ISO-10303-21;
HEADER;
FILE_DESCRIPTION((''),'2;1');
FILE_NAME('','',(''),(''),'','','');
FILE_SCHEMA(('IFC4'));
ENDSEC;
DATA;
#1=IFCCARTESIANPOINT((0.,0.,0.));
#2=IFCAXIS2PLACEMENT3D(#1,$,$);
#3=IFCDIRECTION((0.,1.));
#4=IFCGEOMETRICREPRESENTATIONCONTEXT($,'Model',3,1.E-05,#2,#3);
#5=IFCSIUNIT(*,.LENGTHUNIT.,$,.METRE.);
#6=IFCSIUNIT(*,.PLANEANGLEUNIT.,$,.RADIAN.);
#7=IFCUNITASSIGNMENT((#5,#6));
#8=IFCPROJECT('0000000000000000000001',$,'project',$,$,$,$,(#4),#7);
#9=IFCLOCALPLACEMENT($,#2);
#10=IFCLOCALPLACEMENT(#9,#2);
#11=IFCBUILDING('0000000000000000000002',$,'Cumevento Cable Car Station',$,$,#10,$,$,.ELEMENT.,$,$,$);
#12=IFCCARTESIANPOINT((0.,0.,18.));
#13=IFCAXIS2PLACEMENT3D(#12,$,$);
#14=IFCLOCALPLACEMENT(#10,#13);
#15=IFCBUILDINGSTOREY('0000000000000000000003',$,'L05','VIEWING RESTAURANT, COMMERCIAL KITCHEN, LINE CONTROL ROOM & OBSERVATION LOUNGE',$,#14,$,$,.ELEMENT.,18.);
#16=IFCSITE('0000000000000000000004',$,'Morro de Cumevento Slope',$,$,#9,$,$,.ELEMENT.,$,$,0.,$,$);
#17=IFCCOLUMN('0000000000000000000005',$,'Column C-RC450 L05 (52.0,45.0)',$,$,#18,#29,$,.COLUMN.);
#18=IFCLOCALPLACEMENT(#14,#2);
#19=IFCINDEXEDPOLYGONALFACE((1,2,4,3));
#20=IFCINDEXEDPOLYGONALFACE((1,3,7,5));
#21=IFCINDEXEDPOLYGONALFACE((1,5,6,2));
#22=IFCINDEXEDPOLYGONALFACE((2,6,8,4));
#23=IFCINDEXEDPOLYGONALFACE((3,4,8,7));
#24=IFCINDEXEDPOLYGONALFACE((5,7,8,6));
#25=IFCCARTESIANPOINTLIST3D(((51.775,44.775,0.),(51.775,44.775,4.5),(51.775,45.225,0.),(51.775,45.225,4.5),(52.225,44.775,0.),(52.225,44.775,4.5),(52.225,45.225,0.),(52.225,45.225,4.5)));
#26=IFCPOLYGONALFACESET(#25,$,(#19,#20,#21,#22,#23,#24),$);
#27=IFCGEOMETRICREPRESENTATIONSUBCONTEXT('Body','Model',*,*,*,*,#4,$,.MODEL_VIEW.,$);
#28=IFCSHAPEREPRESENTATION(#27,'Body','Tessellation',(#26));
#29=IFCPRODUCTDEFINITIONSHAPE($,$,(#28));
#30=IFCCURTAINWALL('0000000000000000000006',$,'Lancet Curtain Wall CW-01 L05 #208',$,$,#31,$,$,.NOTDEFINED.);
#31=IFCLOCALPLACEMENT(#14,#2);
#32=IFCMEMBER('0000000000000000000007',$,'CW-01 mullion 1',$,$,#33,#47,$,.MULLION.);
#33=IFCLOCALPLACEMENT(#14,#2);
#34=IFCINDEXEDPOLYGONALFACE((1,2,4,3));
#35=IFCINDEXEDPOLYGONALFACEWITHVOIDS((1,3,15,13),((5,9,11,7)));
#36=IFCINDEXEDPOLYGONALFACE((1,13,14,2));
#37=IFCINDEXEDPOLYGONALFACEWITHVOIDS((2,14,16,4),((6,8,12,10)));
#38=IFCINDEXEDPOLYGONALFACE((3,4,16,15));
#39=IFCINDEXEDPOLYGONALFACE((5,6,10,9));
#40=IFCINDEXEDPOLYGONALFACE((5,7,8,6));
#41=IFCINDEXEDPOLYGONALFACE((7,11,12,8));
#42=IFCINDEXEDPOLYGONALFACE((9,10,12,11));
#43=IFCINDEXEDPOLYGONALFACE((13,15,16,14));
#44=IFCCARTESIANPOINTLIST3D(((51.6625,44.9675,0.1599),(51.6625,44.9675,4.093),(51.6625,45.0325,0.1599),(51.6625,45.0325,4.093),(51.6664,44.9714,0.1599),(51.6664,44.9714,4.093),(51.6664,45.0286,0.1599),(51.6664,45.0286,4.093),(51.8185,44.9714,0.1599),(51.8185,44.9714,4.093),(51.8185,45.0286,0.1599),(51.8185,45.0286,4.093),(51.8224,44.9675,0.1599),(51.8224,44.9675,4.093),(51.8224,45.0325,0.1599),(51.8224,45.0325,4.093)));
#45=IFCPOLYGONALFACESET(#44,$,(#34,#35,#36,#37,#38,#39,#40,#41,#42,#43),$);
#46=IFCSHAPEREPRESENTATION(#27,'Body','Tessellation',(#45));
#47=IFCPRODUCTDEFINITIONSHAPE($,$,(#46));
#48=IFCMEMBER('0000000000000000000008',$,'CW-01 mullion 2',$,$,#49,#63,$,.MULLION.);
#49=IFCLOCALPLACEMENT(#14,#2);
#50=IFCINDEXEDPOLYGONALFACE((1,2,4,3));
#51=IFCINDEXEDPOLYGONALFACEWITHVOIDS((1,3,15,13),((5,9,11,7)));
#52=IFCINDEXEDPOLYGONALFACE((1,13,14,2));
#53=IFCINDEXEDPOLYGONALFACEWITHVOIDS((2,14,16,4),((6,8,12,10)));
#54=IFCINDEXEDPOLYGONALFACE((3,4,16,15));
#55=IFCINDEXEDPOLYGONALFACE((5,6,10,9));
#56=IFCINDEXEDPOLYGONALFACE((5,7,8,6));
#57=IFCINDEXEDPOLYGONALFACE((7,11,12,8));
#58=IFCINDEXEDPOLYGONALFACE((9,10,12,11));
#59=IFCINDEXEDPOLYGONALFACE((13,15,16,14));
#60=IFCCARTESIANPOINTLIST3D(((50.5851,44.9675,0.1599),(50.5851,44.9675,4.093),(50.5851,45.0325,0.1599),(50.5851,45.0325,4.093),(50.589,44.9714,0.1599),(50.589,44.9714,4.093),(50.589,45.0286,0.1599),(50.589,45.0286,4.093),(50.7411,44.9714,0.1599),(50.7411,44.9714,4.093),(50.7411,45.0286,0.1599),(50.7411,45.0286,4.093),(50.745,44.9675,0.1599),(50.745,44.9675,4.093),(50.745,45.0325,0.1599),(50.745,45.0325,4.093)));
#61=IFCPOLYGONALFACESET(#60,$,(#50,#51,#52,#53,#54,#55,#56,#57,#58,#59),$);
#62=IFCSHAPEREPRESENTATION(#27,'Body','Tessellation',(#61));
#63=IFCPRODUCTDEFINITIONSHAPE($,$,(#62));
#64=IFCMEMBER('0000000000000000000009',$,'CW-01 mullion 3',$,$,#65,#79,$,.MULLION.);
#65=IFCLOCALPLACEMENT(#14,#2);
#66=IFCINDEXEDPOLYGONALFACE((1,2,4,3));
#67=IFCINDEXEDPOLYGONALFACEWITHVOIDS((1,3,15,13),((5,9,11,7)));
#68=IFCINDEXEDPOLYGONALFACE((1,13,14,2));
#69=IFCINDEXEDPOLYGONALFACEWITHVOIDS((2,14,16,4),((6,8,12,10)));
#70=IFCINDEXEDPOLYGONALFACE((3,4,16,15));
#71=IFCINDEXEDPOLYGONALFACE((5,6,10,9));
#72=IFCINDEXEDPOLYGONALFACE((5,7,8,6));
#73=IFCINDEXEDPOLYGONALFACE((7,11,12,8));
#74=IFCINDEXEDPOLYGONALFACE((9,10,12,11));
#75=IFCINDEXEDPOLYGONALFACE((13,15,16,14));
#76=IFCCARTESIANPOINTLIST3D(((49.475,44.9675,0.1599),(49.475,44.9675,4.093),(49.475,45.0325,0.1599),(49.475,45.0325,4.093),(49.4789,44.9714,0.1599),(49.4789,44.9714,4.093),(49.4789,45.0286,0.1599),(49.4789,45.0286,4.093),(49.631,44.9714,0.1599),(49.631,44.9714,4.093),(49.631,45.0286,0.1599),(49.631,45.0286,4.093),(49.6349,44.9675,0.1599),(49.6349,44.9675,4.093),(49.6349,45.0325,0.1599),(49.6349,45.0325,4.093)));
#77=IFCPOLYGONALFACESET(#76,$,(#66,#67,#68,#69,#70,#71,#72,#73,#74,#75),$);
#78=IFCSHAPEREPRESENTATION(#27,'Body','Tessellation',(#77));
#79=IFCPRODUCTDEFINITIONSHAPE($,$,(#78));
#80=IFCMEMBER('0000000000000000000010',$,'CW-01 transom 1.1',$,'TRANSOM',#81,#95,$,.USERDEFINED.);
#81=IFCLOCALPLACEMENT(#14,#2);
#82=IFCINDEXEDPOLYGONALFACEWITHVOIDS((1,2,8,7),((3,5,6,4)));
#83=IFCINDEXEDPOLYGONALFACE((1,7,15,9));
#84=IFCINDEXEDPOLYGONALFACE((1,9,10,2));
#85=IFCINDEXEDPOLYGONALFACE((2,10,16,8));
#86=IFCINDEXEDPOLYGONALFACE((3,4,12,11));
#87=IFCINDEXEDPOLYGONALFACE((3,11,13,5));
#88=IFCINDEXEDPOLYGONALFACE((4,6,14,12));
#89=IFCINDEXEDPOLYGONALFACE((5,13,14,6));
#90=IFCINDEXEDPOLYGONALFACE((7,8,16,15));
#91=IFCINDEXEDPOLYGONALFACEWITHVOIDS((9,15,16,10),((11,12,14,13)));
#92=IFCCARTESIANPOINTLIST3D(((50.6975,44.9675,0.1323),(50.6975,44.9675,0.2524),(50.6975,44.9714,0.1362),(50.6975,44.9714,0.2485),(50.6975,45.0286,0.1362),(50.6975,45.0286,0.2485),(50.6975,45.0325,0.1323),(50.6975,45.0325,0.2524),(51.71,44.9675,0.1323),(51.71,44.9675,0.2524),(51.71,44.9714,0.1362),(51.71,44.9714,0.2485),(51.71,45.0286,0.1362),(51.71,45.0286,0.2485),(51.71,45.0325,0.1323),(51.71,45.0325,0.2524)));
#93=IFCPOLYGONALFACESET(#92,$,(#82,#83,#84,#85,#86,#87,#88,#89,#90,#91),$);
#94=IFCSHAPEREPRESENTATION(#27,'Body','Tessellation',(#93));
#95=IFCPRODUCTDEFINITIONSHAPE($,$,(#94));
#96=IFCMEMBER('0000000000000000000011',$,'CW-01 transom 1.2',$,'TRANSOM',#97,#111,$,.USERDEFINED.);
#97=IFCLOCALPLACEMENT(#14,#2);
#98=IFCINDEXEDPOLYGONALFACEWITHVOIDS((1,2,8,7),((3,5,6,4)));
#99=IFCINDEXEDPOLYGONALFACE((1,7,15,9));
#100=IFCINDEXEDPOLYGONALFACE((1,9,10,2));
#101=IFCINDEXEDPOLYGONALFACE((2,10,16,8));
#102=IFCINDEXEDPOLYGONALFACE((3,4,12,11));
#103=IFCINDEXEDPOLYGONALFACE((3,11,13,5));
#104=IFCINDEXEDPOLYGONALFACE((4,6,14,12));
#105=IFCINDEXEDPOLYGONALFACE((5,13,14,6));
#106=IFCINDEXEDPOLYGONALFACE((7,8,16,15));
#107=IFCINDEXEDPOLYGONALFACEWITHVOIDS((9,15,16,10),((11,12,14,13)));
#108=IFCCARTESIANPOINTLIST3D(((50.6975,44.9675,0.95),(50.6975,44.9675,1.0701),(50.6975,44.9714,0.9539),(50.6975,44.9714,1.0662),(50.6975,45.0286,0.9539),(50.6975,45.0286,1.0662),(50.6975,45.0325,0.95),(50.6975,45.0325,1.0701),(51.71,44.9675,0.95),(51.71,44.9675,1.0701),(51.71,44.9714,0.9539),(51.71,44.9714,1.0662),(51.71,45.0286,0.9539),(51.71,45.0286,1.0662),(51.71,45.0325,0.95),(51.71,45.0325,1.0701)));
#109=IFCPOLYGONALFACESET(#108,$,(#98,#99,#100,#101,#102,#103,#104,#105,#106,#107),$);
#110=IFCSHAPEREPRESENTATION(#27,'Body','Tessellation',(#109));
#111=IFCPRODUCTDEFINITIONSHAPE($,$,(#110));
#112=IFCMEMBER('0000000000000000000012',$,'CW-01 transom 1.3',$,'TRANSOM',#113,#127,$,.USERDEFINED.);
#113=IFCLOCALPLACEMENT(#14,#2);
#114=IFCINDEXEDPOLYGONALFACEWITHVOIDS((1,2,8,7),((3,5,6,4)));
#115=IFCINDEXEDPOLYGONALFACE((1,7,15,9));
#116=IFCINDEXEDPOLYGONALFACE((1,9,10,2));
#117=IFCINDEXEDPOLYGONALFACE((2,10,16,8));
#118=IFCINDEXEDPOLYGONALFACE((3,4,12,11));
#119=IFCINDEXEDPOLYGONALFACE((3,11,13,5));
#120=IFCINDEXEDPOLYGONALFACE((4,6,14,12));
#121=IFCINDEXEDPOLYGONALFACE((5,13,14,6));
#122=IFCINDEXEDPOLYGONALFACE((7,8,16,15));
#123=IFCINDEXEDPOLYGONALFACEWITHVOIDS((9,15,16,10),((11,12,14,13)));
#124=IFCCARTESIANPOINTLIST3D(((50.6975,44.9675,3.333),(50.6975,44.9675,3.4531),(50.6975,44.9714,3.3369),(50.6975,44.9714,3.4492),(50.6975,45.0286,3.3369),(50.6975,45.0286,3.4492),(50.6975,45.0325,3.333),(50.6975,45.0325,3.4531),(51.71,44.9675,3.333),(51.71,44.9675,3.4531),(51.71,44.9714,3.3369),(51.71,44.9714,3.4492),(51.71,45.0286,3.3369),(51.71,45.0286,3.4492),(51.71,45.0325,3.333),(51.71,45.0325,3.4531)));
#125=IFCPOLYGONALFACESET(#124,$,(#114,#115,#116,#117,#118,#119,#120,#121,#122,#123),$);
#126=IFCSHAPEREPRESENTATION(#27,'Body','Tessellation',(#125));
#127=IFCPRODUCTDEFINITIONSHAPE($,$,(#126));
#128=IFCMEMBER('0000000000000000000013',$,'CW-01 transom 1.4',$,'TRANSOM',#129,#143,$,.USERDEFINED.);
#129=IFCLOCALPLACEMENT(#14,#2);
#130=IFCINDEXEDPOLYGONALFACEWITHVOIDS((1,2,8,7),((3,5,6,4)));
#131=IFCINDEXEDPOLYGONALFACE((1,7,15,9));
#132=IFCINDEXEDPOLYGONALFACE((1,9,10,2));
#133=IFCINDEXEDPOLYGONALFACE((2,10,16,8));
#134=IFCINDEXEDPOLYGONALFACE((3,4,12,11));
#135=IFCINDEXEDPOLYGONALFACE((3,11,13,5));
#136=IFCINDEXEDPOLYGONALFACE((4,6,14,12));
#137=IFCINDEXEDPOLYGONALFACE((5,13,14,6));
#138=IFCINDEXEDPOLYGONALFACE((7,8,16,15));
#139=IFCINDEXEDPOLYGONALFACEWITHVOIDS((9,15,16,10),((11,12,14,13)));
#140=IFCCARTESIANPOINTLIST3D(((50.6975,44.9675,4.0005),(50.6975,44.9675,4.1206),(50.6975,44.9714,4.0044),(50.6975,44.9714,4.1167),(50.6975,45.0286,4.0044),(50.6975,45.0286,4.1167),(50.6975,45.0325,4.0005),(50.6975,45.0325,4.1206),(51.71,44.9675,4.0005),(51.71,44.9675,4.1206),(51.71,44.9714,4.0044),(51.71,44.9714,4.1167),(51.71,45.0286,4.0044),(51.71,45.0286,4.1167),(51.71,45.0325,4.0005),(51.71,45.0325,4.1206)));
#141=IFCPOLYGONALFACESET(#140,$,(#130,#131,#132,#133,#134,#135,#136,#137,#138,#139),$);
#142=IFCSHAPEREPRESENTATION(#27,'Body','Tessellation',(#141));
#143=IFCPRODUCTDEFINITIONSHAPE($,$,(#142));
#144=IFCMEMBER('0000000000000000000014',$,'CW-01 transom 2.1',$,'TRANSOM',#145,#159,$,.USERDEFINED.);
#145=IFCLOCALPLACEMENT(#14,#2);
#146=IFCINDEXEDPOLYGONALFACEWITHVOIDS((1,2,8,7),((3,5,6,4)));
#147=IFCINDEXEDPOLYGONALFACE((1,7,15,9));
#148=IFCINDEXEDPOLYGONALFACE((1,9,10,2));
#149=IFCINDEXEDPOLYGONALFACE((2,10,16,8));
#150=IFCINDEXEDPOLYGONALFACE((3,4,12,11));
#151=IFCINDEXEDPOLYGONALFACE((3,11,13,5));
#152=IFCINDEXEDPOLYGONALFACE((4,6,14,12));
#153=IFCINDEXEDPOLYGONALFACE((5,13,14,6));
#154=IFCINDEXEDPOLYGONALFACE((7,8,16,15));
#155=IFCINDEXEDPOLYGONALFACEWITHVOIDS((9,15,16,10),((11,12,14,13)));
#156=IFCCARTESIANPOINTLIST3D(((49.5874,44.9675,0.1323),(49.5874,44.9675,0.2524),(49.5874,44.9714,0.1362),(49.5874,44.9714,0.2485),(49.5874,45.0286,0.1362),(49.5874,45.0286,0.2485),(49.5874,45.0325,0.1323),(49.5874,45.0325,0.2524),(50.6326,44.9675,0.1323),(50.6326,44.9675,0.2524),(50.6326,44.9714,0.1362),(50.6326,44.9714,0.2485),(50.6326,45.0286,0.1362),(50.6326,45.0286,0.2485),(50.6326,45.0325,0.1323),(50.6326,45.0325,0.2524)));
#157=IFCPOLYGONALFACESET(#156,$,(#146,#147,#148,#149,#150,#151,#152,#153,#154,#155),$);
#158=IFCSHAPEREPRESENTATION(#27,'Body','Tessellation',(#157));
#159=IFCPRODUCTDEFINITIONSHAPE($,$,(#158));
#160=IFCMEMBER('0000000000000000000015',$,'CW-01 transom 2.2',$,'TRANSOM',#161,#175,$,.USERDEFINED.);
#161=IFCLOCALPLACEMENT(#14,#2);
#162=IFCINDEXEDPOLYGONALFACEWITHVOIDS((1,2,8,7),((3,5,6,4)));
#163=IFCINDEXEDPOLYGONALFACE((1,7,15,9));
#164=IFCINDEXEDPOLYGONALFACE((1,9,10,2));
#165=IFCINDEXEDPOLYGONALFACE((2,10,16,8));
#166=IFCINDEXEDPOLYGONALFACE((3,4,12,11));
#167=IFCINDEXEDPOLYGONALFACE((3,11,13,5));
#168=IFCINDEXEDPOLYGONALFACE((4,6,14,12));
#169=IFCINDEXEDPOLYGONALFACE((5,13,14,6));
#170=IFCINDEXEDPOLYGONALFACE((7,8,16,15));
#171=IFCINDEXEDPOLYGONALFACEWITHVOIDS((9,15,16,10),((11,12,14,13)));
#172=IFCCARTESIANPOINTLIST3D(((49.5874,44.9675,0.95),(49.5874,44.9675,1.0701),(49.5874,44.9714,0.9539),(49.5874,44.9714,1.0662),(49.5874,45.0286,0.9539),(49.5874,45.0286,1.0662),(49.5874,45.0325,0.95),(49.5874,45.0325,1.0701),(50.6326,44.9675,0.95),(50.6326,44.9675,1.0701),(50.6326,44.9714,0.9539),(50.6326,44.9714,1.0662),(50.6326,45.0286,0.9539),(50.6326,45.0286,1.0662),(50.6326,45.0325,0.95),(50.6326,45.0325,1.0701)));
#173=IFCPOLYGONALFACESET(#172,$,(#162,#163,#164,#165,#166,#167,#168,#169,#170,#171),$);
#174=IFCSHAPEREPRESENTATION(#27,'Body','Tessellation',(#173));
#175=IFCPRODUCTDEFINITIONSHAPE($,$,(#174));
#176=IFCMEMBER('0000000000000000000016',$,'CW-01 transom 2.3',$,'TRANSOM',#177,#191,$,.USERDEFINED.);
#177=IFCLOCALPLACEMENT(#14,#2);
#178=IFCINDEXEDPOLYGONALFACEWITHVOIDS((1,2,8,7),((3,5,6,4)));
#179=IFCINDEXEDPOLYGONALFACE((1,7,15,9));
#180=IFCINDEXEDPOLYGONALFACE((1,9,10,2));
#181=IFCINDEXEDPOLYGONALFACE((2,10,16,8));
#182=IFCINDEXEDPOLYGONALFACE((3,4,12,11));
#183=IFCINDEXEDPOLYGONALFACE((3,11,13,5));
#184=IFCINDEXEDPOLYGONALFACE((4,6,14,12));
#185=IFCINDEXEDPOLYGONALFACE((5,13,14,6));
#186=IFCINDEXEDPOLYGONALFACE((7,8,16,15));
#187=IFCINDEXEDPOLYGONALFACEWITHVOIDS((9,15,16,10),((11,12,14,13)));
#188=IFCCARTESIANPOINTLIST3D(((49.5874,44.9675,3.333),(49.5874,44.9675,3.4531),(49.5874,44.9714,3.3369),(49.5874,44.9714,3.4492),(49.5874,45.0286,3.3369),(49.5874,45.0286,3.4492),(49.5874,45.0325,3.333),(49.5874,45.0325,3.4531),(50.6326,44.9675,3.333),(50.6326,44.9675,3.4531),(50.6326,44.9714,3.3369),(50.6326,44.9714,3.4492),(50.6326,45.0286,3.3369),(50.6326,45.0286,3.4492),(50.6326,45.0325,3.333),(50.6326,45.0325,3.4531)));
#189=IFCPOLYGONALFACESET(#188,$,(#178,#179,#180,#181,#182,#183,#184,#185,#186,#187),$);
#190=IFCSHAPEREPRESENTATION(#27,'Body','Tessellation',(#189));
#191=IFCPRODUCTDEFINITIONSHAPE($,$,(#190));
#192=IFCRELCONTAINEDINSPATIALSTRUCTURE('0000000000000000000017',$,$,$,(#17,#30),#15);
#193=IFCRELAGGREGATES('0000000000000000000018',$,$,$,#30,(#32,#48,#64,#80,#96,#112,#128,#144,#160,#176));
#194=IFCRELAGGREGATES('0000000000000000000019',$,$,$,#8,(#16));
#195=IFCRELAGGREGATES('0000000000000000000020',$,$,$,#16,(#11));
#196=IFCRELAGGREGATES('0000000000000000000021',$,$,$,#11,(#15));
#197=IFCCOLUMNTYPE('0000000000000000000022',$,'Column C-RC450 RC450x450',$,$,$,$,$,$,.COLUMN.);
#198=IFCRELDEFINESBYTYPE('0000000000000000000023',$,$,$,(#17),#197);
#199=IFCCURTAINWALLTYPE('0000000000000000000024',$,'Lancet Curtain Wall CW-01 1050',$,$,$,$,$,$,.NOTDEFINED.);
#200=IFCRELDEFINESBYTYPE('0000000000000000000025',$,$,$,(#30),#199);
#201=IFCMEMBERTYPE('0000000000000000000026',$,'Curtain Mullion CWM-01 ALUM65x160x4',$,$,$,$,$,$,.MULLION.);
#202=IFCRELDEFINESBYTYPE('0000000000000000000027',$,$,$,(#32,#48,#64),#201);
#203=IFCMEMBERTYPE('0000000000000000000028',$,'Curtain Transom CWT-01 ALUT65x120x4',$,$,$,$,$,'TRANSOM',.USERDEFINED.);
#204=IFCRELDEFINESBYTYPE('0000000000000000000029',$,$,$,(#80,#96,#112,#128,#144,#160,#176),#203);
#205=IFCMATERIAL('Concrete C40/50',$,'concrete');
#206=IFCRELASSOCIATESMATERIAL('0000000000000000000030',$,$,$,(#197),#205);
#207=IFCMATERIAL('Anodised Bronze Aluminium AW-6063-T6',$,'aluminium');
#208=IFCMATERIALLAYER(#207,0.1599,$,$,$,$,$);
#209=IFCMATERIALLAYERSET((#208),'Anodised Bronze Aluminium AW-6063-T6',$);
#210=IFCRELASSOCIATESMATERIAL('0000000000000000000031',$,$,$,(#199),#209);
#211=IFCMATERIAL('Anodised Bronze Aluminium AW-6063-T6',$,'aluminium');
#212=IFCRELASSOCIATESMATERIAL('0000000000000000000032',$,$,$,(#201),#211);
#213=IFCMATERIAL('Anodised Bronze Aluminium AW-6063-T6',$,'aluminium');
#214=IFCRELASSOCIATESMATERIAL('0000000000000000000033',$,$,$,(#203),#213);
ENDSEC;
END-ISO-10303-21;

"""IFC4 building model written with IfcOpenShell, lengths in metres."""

from ifc_helpers import new_model, si_unit, direction, frame, origin, origin_2d, place, context, subcontext, project, spatial, rectangle, hollow_rectangle, extrude, material, layer, layer_set, material_profile, profile_set, type_object, element, aggregate, save


model = new_model("IFC4")

# Units and contexts
model_context = context("Model", 3, precision=1e-05, world=origin(), true_north=direction((0.0, 1.0)))
body_context = subcontext(model_context, "Body", "Model", "MODEL_VIEW")
ifc_project = project(units=[si_unit("LENGTHUNIT", "METRE"), si_unit("PLANEANGLEUNIT", "RADIAN")], contexts=[model_context])

# Site, building, storey
site_placement = place(None, origin())
site = spatial("IfcSite", under=ifc_project, at=site_placement, Name="Morro de Cumevento Slope", CompositionType="ELEMENT", RefElevation=0.0)
building_placement = place(site_placement, origin())
building = spatial("IfcBuilding", under=site, at=building_placement, Name="Cumevento Cable Car Station", CompositionType="ELEMENT")
storey_placement = place(building_placement, frame((0.0, 0.0, 18.0)))
storey = spatial("IfcBuildingStorey", under=building, at=storey_placement, Name="L05", Description="VIEWING RESTAURANT, COMMERCIAL KITCHEN, LINE CONTROL ROOM & OBSERVATION LOUNGE", CompositionType="ELEMENT", Elevation=18.0)

# Column
ifc_material_1 = material(Name="Concrete C40/50", Category="concrete")
ifc_material_profile_1 = material_profile(ifc_material_1, rectangle(XDim=0.45, YDim=0.45, at=origin_2d()), Name="RC450x450")
ifc_profile_set_1 = profile_set([ifc_material_profile_1], Name="Concrete C40/50")
column_type = type_object("IfcColumnType", Name="Column C-RC450 RC450x450", PredefinedType="COLUMN", material=ifc_profile_set_1)
column_placement = place(storey_placement, frame((52.0, 45.0, 0.0), z_axis=(0.0, 0.0, 1.0), x_axis=(1.0, 0.0, 0.0)))
element("IfcColumn", 1, at=column_placement, inside=storey, type_object=column_type, Name="Column C-RC450 L05 (52.0,45.0)", PredefinedType="COLUMN", context=body_context, shape_type="SweptSolid", body=[
    extrude(rectangle(XDim=0.45, YDim=0.45, at=origin_2d()), origin(), (0.0, 0.0, 1.0), 4.5),
])

# Curtain wall, members
ifc_material_2 = material(Name="Anodised Bronze Aluminium AW-6063-T6", Category="aluminium")
ifc_layer_1 = layer(ifc_material_2, 0.1599)
ifc_layer_set_1 = layer_set([ifc_layer_1], Name="Anodised Bronze Aluminium AW-6063-T6")
curtain_wall_type = type_object("IfcCurtainWallType", Name="Lancet Curtain Wall CW-01 1050", PredefinedType="NOTDEFINED", material=ifc_layer_set_1)
curtain_wall_placement = place(storey_placement, origin())
curtain_wall = element("IfcCurtainWall", 2, at=curtain_wall_placement, inside=storey, type_object=curtain_wall_type, Name="Lancet Curtain Wall CW-01 L05 #208", PredefinedType="NOTDEFINED")
ifc_material_3 = material(Name="Anodised Bronze Aluminium AW-6063-T6", Category="aluminium")
ifc_material_profile_2 = material_profile(ifc_material_3, hollow_rectangle(XDim=0.0649, YDim=0.1599, WallThickness=0.0039, at=origin_2d()), Name="ALUM65x160x4")
ifc_profile_set_2 = profile_set([ifc_material_profile_2], Name="Anodised Bronze Aluminium AW-6063-T6")
member_type_1 = type_object("IfcMemberType", Name="Curtain Mullion CWM-01 ALUM65x160x4", PredefinedType="MULLION", material=ifc_profile_set_2)
member_1_placement = place(storey_placement, frame((51.7424, 45.0, 0.1599), z_axis=(0.0, 0.0, 1.0), x_axis=(0.0, -1.0, 0.0)))
member_1 = element("IfcMember", 3, at=member_1_placement, type_object=member_type_1, Name="CW-01 mullion 1", PredefinedType="MULLION", context=body_context, shape_type="SweptSolid", body=[
    extrude(hollow_rectangle(XDim=0.0649, YDim=0.1599, WallThickness=0.0039, at=origin_2d()), origin(), (0.0, 0.0, 1.0), 3.9331),
])
member_2_placement = place(storey_placement, frame((50.665, 45.0, 0.1599), z_axis=(0.0, 0.0, 1.0), x_axis=(0.0, -1.0, 0.0)))
member_2 = element("IfcMember", 4, at=member_2_placement, type_object=member_type_1, Name="CW-01 mullion 2", PredefinedType="MULLION", context=body_context, shape_type="SweptSolid", body=[
    extrude(hollow_rectangle(XDim=0.0649, YDim=0.1599, WallThickness=0.0039, at=origin_2d()), origin(), (0.0, 0.0, 1.0), 3.9331),
])
member_3_placement = place(storey_placement, frame((49.5549, 45.0, 0.1599), z_axis=(0.0, 0.0, 1.0), x_axis=(0.0, -1.0, 0.0)))
member_3 = element("IfcMember", 5, at=member_3_placement, type_object=member_type_1, Name="CW-01 mullion 3", PredefinedType="MULLION", context=body_context, shape_type="SweptSolid", body=[
    extrude(hollow_rectangle(XDim=0.0649, YDim=0.1599, WallThickness=0.0039, at=origin_2d()), origin(), (0.0, 0.0, 1.0), 3.9331),
])
ifc_material_4 = material(Name="Anodised Bronze Aluminium AW-6063-T6", Category="aluminium")
ifc_material_profile_3 = material_profile(ifc_material_4, hollow_rectangle(XDim=0.0649, YDim=0.1201, WallThickness=0.0039, at=origin_2d()), Name="ALUT65x120x4")
ifc_profile_set_3 = profile_set([ifc_material_profile_3], Name="Anodised Bronze Aluminium AW-6063-T6")
member_type_2 = type_object("IfcMemberType", Name="Curtain Transom CWT-01 ALUT65x120x4", ElementType="TRANSOM", PredefinedType="USERDEFINED", material=ifc_profile_set_3)
member_4_placement = place(storey_placement, frame((51.71, 45.0, 0.1924), z_axis=(-1.0, 0.0, 0.0), x_axis=(0.0, -1.0, 0.0)))
member_4 = element("IfcMember", 6, at=member_4_placement, type_object=member_type_2, Name="CW-01 transom 1.1", ObjectType="TRANSOM", PredefinedType="USERDEFINED", context=body_context, shape_type="SweptSolid", body=[
    extrude(hollow_rectangle(XDim=0.0649, YDim=0.1201, WallThickness=0.0039, at=origin_2d()), origin(), (0.0, 0.0, 1.0), 1.0125),
])
member_5_placement = place(storey_placement, frame((51.71, 45.0, 1.01), z_axis=(-1.0, 0.0, 0.0), x_axis=(0.0, -1.0, 0.0)))
member_5 = element("IfcMember", 7, at=member_5_placement, type_object=member_type_2, Name="CW-01 transom 1.2", ObjectType="TRANSOM", PredefinedType="USERDEFINED", context=body_context, shape_type="SweptSolid", body=[
    extrude(hollow_rectangle(XDim=0.0649, YDim=0.1201, WallThickness=0.0039, at=origin_2d()), origin(), (0.0, 0.0, 1.0), 1.0125),
])
member_6_placement = place(storey_placement, frame((51.71, 45.0, 3.3931), z_axis=(-1.0, 0.0, 0.0), x_axis=(0.0, -1.0, 0.0)))
member_6 = element("IfcMember", 8, at=member_6_placement, type_object=member_type_2, Name="CW-01 transom 1.3", ObjectType="TRANSOM", PredefinedType="USERDEFINED", context=body_context, shape_type="SweptSolid", body=[
    extrude(hollow_rectangle(XDim=0.0649, YDim=0.1201, WallThickness=0.0039, at=origin_2d()), origin(), (0.0, 0.0, 1.0), 1.0125),
])
member_7_placement = place(storey_placement, frame((51.71, 45.0, 4.0605), z_axis=(-1.0, 0.0, 0.0), x_axis=(0.0, -1.0, 0.0)))
member_7 = element("IfcMember", 9, at=member_7_placement, type_object=member_type_2, Name="CW-01 transom 1.4", ObjectType="TRANSOM", PredefinedType="USERDEFINED", context=body_context, shape_type="SweptSolid", body=[
    extrude(hollow_rectangle(XDim=0.0649, YDim=0.1201, WallThickness=0.0039, at=origin_2d()), origin(), (0.0, 0.0, 1.0), 1.0125),
])
member_8_placement = place(storey_placement, frame((50.6326, 45.0, 0.1924), z_axis=(-1.0, 0.0, 0.0), x_axis=(0.0, -1.0, 0.0)))
member_8 = element("IfcMember", 10, at=member_8_placement, type_object=member_type_2, Name="CW-01 transom 2.1", ObjectType="TRANSOM", PredefinedType="USERDEFINED", context=body_context, shape_type="SweptSolid", body=[
    extrude(hollow_rectangle(XDim=0.0649, YDim=0.1201, WallThickness=0.0039, at=origin_2d()), origin(), (0.0, 0.0, 1.0), 1.0452),
])
member_9_placement = place(storey_placement, frame((50.6326, 45.0, 1.01), z_axis=(-1.0, 0.0, 0.0), x_axis=(0.0, -1.0, 0.0)))
member_9 = element("IfcMember", 11, at=member_9_placement, type_object=member_type_2, Name="CW-01 transom 2.2", ObjectType="TRANSOM", PredefinedType="USERDEFINED", context=body_context, shape_type="SweptSolid", body=[
    extrude(hollow_rectangle(XDim=0.0649, YDim=0.1201, WallThickness=0.0039, at=origin_2d()), origin(), (0.0, 0.0, 1.0), 1.0452),
])
member_10_placement = place(storey_placement, frame((50.6326, 45.0, 3.3931), z_axis=(-1.0, 0.0, 0.0), x_axis=(0.0, -1.0, 0.0)))
member_10 = element("IfcMember", 12, at=member_10_placement, type_object=member_type_2, Name="CW-01 transom 2.3", ObjectType="TRANSOM", PredefinedType="USERDEFINED", context=body_context, shape_type="SweptSolid", body=[
    extrude(hollow_rectangle(XDim=0.0649, YDim=0.1201, WallThickness=0.0039, at=origin_2d()), origin(), (0.0, 0.0, 1.0), 1.0452),
])
aggregate(curtain_wall, [member_1, member_2, member_3, member_4, member_5, member_6, member_7, member_8, member_9, member_10])

save(model, "model.ifc")
